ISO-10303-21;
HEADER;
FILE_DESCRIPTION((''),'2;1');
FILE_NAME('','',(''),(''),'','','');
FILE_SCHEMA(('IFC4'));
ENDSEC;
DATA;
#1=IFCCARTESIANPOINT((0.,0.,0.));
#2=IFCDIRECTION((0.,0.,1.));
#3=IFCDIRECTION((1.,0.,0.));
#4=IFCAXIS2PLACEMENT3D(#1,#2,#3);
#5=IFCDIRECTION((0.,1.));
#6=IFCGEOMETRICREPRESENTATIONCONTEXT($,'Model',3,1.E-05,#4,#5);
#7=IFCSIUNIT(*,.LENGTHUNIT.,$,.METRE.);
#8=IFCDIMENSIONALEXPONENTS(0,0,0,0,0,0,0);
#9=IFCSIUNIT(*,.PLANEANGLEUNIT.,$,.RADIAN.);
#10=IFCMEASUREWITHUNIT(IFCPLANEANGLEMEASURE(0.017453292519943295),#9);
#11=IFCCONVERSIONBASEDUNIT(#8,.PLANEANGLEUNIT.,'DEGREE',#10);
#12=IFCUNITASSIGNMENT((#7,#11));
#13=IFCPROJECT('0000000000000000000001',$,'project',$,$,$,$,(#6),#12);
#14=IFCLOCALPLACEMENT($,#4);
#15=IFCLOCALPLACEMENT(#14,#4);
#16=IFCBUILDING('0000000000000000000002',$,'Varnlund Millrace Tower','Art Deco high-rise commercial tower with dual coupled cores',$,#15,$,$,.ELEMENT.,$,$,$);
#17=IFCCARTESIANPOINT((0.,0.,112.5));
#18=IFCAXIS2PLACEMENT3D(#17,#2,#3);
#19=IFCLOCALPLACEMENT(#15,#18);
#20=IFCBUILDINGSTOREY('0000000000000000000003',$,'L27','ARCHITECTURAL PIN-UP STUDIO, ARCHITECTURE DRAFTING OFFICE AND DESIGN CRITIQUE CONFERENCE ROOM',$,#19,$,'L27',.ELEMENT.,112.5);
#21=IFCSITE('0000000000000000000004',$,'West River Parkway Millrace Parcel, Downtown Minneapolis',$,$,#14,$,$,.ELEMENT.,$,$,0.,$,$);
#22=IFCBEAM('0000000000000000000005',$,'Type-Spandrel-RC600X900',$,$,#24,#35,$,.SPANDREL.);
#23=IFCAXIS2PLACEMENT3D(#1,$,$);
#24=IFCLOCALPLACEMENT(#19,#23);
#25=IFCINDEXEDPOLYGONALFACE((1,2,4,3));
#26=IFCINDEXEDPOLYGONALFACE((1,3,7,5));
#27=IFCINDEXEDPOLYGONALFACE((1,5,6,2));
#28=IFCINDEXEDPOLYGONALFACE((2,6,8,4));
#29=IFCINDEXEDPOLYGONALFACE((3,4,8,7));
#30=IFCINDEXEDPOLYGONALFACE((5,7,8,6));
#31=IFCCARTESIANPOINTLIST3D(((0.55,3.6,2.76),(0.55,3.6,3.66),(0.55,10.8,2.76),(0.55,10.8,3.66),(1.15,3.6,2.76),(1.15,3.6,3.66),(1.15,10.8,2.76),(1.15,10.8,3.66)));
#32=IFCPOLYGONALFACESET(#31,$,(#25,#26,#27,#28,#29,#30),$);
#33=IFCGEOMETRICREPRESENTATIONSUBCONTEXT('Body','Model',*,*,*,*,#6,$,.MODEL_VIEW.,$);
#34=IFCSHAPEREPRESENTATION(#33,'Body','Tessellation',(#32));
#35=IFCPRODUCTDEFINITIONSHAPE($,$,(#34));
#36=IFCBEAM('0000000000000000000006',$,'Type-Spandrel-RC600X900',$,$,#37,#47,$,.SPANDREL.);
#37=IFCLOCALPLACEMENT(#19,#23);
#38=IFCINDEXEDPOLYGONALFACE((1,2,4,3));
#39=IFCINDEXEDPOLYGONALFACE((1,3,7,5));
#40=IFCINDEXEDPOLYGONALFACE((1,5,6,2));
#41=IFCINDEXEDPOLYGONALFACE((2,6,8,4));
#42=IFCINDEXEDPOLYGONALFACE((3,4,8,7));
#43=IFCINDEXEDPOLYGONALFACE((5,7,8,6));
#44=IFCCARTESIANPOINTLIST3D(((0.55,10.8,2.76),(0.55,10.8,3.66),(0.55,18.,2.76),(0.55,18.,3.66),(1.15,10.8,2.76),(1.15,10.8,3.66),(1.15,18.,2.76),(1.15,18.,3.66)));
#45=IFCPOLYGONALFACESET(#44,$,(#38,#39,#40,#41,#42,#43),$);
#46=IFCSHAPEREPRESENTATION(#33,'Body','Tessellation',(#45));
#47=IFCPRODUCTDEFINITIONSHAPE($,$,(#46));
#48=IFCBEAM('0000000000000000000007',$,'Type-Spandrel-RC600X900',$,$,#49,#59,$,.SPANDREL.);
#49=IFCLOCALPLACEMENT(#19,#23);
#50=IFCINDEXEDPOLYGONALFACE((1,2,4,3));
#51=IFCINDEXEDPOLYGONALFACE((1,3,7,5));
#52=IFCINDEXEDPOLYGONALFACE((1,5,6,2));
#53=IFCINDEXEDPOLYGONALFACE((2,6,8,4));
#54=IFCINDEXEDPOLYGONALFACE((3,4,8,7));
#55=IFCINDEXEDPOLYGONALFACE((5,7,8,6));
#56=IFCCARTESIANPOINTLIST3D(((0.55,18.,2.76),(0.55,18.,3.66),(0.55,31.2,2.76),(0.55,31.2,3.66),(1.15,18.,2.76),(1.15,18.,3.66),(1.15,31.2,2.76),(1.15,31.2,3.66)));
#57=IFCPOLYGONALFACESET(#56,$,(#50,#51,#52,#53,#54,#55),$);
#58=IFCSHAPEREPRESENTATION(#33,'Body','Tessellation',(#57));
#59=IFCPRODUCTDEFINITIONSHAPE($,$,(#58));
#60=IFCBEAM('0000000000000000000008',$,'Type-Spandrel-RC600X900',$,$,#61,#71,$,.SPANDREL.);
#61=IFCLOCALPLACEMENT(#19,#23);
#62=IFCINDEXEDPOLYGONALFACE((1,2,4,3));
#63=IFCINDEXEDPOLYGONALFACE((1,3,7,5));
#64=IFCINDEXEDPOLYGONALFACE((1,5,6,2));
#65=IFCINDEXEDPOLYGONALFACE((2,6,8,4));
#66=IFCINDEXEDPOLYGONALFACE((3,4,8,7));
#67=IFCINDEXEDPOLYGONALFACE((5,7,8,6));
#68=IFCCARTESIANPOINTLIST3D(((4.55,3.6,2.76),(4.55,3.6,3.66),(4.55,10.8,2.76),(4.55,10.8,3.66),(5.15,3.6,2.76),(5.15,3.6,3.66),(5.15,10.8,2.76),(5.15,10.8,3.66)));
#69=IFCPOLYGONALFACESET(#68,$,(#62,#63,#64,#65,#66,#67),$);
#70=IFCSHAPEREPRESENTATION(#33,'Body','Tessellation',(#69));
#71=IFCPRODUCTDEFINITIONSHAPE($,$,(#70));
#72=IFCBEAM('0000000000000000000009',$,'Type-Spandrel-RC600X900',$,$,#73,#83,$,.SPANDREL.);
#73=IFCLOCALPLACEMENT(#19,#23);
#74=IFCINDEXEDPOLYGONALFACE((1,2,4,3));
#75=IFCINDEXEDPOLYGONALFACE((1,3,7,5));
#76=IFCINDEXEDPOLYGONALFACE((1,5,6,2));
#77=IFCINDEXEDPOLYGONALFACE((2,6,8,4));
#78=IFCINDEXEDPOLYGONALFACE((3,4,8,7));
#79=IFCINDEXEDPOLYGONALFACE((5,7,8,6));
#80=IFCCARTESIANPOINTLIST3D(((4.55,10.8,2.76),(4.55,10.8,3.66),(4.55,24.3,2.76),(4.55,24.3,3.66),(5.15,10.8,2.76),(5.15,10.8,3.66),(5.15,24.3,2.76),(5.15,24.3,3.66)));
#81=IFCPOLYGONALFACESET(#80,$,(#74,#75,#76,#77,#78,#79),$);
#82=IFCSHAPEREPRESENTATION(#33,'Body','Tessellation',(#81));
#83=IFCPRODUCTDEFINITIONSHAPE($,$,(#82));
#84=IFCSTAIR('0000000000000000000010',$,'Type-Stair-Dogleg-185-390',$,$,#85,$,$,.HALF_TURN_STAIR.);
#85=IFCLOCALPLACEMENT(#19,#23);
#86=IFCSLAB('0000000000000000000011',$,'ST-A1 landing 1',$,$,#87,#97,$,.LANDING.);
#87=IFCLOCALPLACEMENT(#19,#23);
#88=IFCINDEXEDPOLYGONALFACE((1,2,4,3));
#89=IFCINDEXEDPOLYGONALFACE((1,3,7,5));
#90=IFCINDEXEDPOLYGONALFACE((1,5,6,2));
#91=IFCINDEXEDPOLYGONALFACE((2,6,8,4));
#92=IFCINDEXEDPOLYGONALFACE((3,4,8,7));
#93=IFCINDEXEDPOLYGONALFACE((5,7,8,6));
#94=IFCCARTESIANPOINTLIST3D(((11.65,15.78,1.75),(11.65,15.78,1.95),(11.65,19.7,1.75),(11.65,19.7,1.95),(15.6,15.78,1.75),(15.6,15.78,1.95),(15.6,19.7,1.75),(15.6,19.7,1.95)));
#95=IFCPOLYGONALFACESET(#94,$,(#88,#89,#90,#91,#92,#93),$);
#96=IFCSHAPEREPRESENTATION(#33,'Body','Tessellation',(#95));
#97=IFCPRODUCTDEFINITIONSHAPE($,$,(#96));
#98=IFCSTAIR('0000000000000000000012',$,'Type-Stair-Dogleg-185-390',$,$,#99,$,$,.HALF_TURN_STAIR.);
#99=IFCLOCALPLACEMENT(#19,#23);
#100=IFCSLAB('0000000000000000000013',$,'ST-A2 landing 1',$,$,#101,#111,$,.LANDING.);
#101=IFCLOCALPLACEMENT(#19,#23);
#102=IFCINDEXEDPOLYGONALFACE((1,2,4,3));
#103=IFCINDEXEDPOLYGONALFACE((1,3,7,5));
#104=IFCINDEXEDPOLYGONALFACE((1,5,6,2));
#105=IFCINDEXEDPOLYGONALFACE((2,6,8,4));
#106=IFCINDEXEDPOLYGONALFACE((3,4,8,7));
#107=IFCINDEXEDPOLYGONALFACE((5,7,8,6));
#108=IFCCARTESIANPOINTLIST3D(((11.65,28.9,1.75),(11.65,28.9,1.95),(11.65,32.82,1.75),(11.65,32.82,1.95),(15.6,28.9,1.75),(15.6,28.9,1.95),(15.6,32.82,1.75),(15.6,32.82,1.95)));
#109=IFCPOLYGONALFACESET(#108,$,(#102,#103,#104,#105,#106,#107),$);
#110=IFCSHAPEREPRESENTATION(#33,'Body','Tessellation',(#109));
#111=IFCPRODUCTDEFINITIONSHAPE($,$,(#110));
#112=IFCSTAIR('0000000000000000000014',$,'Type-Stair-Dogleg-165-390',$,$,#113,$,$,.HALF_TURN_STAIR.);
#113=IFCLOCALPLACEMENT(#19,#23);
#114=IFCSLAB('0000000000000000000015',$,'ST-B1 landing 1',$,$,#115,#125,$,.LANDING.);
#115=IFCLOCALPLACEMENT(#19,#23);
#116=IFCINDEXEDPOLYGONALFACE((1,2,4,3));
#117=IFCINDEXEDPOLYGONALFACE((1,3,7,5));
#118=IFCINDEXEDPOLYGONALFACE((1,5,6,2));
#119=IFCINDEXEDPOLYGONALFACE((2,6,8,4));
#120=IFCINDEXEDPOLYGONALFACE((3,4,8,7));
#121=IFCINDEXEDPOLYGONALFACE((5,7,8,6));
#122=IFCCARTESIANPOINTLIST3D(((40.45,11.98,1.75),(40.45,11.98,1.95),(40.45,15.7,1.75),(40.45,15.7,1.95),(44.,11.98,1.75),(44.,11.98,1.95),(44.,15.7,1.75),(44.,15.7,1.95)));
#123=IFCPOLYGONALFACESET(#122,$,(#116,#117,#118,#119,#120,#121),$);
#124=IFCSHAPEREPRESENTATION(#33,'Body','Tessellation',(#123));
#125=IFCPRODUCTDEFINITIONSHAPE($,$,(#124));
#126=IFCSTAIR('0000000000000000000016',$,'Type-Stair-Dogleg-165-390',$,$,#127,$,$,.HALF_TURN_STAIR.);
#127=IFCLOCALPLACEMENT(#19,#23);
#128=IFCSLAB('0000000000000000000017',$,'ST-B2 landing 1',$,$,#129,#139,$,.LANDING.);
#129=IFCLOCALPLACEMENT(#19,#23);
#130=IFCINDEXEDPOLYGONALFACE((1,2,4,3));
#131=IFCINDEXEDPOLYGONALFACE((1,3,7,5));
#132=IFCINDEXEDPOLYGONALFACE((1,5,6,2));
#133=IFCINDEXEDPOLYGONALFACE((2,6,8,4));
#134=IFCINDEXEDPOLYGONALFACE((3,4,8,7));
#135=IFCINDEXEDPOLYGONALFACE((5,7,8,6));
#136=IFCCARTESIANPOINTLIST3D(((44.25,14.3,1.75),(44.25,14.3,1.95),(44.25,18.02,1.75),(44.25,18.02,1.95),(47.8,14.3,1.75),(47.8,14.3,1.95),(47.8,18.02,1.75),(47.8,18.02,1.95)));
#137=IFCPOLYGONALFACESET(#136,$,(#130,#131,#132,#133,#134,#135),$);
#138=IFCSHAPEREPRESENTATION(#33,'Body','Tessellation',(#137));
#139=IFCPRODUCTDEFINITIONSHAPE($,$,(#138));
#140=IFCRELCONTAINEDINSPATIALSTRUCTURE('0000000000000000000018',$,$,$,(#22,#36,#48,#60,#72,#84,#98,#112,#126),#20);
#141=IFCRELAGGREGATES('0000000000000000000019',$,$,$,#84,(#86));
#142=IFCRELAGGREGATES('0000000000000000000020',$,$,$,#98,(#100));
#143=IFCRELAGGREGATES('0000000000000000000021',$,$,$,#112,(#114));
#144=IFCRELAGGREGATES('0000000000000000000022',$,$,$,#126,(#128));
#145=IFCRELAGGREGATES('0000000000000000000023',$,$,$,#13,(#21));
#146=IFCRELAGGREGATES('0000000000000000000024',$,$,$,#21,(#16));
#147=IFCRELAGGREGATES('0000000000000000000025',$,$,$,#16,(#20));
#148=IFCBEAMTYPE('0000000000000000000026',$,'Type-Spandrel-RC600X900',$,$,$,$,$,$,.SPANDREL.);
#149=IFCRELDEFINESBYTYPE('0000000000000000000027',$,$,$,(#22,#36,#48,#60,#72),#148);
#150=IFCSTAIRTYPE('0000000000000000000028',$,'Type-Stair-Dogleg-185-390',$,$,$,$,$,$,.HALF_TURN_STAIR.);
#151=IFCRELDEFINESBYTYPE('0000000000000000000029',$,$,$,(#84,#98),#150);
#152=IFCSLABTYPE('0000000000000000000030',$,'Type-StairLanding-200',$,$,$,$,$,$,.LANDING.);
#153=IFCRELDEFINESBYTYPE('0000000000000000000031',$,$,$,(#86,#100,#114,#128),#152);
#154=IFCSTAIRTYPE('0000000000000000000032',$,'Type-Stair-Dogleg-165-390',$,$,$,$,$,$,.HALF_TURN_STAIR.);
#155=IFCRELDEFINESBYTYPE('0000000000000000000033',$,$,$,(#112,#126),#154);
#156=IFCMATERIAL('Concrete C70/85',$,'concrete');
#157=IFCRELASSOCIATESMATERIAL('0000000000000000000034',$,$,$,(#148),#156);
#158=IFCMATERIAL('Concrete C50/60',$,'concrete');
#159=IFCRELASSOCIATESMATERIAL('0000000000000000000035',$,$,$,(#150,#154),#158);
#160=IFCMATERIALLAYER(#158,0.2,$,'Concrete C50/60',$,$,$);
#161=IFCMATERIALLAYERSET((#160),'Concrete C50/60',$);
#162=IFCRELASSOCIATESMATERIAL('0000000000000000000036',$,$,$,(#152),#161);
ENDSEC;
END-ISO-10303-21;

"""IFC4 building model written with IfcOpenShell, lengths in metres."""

from ifc_helpers import new_model, entity, si_unit, converted_unit, direction, frame, origin_with_axes, origin_2d_with_axis, place, context, subcontext, project, spatial, polyline, rectangle, outline, extrude, material, layer, layer_set, material_profile, profile_set, type_object, element, aggregate, save


model = new_model("IFC4")

# Units and contexts
model_context = context("Model", 3, precision=1e-05, world=origin_with_axes(), true_north=direction((0.0, 1.0)))
body_context = subcontext(model_context, "Body", "Model", "MODEL_VIEW")
ifc_project = project(units=[si_unit("LENGTHUNIT", "METRE"), converted_unit("PLANEANGLEUNIT", "DEGREE", entity("IfcPlaneAngleMeasure", 0.017453292519943295), si_unit("PLANEANGLEUNIT", "RADIAN"), dimensions=[0, 0, 0, 0, 0, 0, 0])], contexts=[model_context])

# Site, building, storey
site_placement = place(None, origin_with_axes())
site = spatial("IfcSite", under=ifc_project, at=site_placement, Name="West River Parkway Millrace Parcel, Downtown Minneapolis", CompositionType="ELEMENT", RefElevation=0.0)
building_placement = place(site_placement, origin_with_axes())
building = spatial("IfcBuilding", under=site, at=building_placement, Name="Varnlund Millrace Tower", Description="Art Deco high-rise commercial tower with dual coupled cores", CompositionType="ELEMENT")
storey_placement = place(building_placement, frame((0.0, 0.0, 112.5), z_axis=(0.0, 0.0, 1.0), x_axis=(1.0, 0.0, 0.0)))
storey = spatial("IfcBuildingStorey", under=building, at=storey_placement, Name="L27", Description="ARCHITECTURAL PIN-UP STUDIO, ARCHITECTURE DRAFTING OFFICE AND DESIGN CRITIQUE CONFERENCE ROOM", LongName="L27", CompositionType="ELEMENT", Elevation=112.5)

# Beams
ifc_material_1 = material(Name="Concrete C70/85", Category="concrete")
ifc_material_profile_1 = material_profile(ifc_material_1, rectangle(XDim=0.6, YDim=0.9, at=origin_2d_with_axis()), Name="Concrete C70/85")
ifc_profile_set_1 = profile_set([ifc_material_profile_1], Name="Concrete C70/85")
beam_type_1 = type_object("IfcBeamType", Name="Type-Spandrel-RC600X900", PredefinedType="SPANDREL", material=ifc_profile_set_1)
for number, where, z_axis, x_axis, name in (
    (1, (0.85, 3.6, 3.21), (0.0, 1.0, 0.0), (-1.0, 0.0, 0.0), "Type-Spandrel-RC600X900"),
    (2, (0.85, 10.8, 3.21), (0.0, 1.0, 0.0), (-1.0, 0.0, 0.0), "Type-Spandrel-RC600X900"),
):
    element("IfcBeam", number, at=place(storey_placement, frame(where, z_axis=z_axis, x_axis=x_axis)), inside=storey, type_object=beam_type_1, Name=name, PredefinedType="SPANDREL", context=body_context, shape_type="SweptSolid", body=[
        extrude(rectangle(XDim=0.6, YDim=0.9, at=origin_2d_with_axis()), origin_with_axes(), (0.0, 0.0, 1.0), 7.2),
    ])
beam_1_placement = place(storey_placement, frame((0.85, 18.0, 3.21), z_axis=(0.0, 1.0, 0.0), x_axis=(-1.0, 0.0, 0.0)))
element("IfcBeam", 3, at=beam_1_placement, inside=storey, type_object=beam_type_1, Name="Type-Spandrel-RC600X900", PredefinedType="SPANDREL", context=body_context, shape_type="SweptSolid", body=[
    extrude(rectangle(XDim=0.6, YDim=0.9, at=origin_2d_with_axis()), origin_with_axes(), (0.0, 0.0, 1.0), 13.2),
])
beam_2_placement = place(storey_placement, frame((4.85, 3.6, 3.21), z_axis=(0.0, 1.0, 0.0), x_axis=(-1.0, 0.0, 0.0)))
element("IfcBeam", 4, at=beam_2_placement, inside=storey, type_object=beam_type_1, Name="Type-Spandrel-RC600X900", PredefinedType="SPANDREL", context=body_context, shape_type="SweptSolid", body=[
    extrude(rectangle(XDim=0.6, YDim=0.9, at=origin_2d_with_axis()), origin_with_axes(), (0.0, 0.0, 1.0), 7.2),
])
beam_3_placement = place(storey_placement, frame((4.85, 10.8, 3.21), z_axis=(0.0, 1.0, 0.0), x_axis=(-1.0, 0.0, 0.0)))
element("IfcBeam", 5, at=beam_3_placement, inside=storey, type_object=beam_type_1, Name="Type-Spandrel-RC600X900", PredefinedType="SPANDREL", context=body_context, shape_type="SweptSolid", body=[
    extrude(rectangle(XDim=0.6, YDim=0.9, at=origin_2d_with_axis()), origin_with_axes(), (0.0, 0.0, 1.0), 13.5),
])

# Stairs, slabs
ifc_material_2 = material(Name="Concrete C50/60", Category="concrete")
stair_type_1 = type_object("IfcStairType", Name="Type-Stair-Dogleg-185-390", PredefinedType="HALF_TURN_STAIR", material=ifc_material_2)
stair_1_placement = place(storey_placement, origin_with_axes())
stair_1 = element("IfcStair", 6, at=stair_1_placement, inside=storey, type_object=stair_type_1, Name="Type-Stair-Dogleg-185-390", PredefinedType="HALF_TURN_STAIR")
ifc_layer_1 = layer(ifc_material_2, 0.2, Name="Concrete C50/60")
ifc_layer_set_1 = layer_set([ifc_layer_1], Name="Concrete C50/60")
slab_type = type_object("IfcSlabType", Name="Type-StairLanding-200", PredefinedType="LANDING", material=ifc_layer_set_1)
slab_1_placement = place(storey_placement, frame((0.0, 0.0, 1.75), z_axis=(0.0, 0.0, 1.0), x_axis=(1.0, 0.0, 0.0)))
slab_1 = element("IfcSlab", 7, at=slab_1_placement, type_object=slab_type, Name="ST-A1 landing 1", PredefinedType="LANDING", context=body_context, shape_type="SweptSolid", body=[
    extrude(outline(polyline([(15.6, 15.78), (15.6, 19.7), (11.65, 19.7), (11.65, 15.78), (15.6, 15.78)])), origin_with_axes(), (0.0, 0.0, 1.0), 0.2),
])
aggregate(stair_1, [slab_1])
stair_2_placement = place(storey_placement, origin_with_axes())
stair_2 = element("IfcStair", 8, at=stair_2_placement, inside=storey, type_object=stair_type_1, Name="Type-Stair-Dogleg-185-390", PredefinedType="HALF_TURN_STAIR")
slab_2_placement = place(storey_placement, frame((0.0, 0.0, 1.75), z_axis=(0.0, 0.0, 1.0), x_axis=(1.0, 0.0, 0.0)))
slab_2 = element("IfcSlab", 9, at=slab_2_placement, type_object=slab_type, Name="ST-A2 landing 1", PredefinedType="LANDING", context=body_context, shape_type="SweptSolid", body=[
    extrude(outline(polyline([(11.65, 32.82), (11.65, 28.9), (15.6, 28.9), (15.6, 32.82), (11.65, 32.82)])), origin_with_axes(), (0.0, 0.0, 1.0), 0.2),
])
aggregate(stair_2, [slab_2])
stair_type_2 = type_object("IfcStairType", Name="Type-Stair-Dogleg-165-390", PredefinedType="HALF_TURN_STAIR", material=ifc_material_2)
stair_3_placement = place(storey_placement, origin_with_axes())
stair_3 = element("IfcStair", 10, at=stair_3_placement, inside=storey, type_object=stair_type_2, Name="Type-Stair-Dogleg-165-390", PredefinedType="HALF_TURN_STAIR")
slab_3_placement = place(storey_placement, frame((0.0, 0.0, 1.75), z_axis=(0.0, 0.0, 1.0), x_axis=(1.0, 0.0, 0.0)))
slab_3 = element("IfcSlab", 11, at=slab_3_placement, type_object=slab_type, Name="ST-B1 landing 1", PredefinedType="LANDING", context=body_context, shape_type="SweptSolid", body=[
    extrude(outline(polyline([(44.0, 11.98), (44.0, 15.7), (40.45, 15.7), (40.45, 11.98), (44.0, 11.98)])), origin_with_axes(), (0.0, 0.0, 1.0), 0.2),
])
aggregate(stair_3, [slab_3])
stair_4_placement = place(storey_placement, origin_with_axes())
stair_4 = element("IfcStair", 12, at=stair_4_placement, inside=storey, type_object=stair_type_2, Name="Type-Stair-Dogleg-165-390", PredefinedType="HALF_TURN_STAIR")
slab_4_placement = place(storey_placement, frame((0.0, 0.0, 1.75), z_axis=(0.0, 0.0, 1.0), x_axis=(1.0, 0.0, 0.0)))
slab_4 = element("IfcSlab", 13, at=slab_4_placement, type_object=slab_type, Name="ST-B2 landing 1", PredefinedType="LANDING", context=body_context, shape_type="SweptSolid", body=[
    extrude(outline(polyline([(44.25, 18.02), (44.25, 14.3), (47.8, 14.3), (47.8, 18.02), (44.25, 18.02)])), origin_with_axes(), (0.0, 0.0, 1.0), 0.2),
])
aggregate(stair_4, [slab_4])

save(model, "model.ifc")
